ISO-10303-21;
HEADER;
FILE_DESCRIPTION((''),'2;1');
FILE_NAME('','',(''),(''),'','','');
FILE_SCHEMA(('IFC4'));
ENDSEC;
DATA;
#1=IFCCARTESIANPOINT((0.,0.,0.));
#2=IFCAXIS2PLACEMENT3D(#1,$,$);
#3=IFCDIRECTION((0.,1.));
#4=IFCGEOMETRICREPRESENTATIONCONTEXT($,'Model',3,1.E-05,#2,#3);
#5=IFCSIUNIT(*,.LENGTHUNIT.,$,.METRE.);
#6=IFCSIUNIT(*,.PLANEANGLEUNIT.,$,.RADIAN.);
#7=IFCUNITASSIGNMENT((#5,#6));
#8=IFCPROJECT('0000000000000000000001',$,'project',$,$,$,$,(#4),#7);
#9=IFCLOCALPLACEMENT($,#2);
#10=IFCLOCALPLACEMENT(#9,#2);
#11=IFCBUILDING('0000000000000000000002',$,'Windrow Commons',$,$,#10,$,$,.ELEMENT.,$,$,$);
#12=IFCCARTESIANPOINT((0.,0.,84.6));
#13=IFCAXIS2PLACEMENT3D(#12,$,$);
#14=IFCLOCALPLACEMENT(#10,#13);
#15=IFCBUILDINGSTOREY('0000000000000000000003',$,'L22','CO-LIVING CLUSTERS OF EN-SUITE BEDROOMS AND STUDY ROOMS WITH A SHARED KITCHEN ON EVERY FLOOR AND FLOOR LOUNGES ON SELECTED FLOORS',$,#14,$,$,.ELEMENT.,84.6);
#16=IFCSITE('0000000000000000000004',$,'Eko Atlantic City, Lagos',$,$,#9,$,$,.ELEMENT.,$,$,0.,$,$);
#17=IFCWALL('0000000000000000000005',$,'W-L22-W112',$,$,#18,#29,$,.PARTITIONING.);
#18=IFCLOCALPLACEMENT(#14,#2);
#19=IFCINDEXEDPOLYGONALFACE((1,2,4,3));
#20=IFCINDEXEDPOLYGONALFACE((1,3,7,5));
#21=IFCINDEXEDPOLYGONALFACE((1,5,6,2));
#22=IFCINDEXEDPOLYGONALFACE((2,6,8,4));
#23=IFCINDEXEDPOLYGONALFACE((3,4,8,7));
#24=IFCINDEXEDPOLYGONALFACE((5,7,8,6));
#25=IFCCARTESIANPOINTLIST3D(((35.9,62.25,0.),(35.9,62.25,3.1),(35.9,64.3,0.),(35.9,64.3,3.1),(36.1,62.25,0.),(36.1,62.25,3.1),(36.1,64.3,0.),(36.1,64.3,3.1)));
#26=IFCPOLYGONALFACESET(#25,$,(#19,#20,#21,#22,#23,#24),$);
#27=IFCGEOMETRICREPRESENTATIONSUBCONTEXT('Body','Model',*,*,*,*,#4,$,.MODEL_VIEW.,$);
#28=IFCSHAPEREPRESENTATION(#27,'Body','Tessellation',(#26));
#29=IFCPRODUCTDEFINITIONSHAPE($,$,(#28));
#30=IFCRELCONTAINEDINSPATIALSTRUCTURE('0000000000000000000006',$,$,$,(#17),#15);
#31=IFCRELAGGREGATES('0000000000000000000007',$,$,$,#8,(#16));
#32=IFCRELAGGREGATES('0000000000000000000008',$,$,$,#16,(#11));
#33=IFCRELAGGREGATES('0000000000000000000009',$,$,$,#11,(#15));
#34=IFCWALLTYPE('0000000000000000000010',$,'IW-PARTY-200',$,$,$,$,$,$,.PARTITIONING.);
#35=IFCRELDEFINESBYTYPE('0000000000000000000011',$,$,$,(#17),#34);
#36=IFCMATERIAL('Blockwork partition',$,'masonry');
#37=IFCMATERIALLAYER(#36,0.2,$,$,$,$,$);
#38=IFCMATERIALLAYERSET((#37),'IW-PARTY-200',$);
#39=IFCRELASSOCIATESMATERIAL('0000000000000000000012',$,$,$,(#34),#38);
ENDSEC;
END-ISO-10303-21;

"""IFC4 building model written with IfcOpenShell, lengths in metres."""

from ifc_helpers import new_model, si_unit, direction, frame, frame_2d, origin, place, context, subcontext, project, spatial, rectangle, extrude, material, layer, layer_set, type_object, element, save


model = new_model("IFC4")

# Units and contexts
model_context = context("Model", 3, precision=1e-05, world=origin(), true_north=direction((0.0, 1.0)))
body_context = subcontext(model_context, "Body", "Model", "MODEL_VIEW")
ifc_project = project(units=[si_unit("LENGTHUNIT", "METRE"), si_unit("PLANEANGLEUNIT", "RADIAN")], contexts=[model_context])

# Site, building, storey
site_placement = place(None, origin())
site = spatial("IfcSite", under=ifc_project, at=site_placement, Name="Eko Atlantic City, Lagos", CompositionType="ELEMENT", RefElevation=0.0)
building_placement = place(site_placement, origin())
building = spatial("IfcBuilding", under=site, at=building_placement, Name="Windrow Commons", CompositionType="ELEMENT")
storey_placement = place(building_placement, frame((0.0, 0.0, 84.6)))
storey = spatial("IfcBuildingStorey", under=building, at=storey_placement, Name="L22", Description="CO-LIVING CLUSTERS OF EN-SUITE BEDROOMS AND STUDY ROOMS WITH A SHARED KITCHEN ON EVERY FLOOR AND FLOOR LOUNGES ON SELECTED FLOORS", CompositionType="ELEMENT", Elevation=84.6)

# Wall
ifc_material_1 = material(Name="Blockwork partition", Category="masonry")
ifc_layer_1 = layer(ifc_material_1, 0.2)
ifc_layer_set_1 = layer_set([ifc_layer_1], Name="IW-PARTY-200")
wall_type_1 = type_object("IfcWallType", Name="IW-PARTY-200", PredefinedType="PARTITIONING", material=ifc_layer_set_1)
for number, where, z_axis, x_axis, name in (
    (1, (36.0, 62.25, 0.0), (0.0, 0.0, 1.0), (0.0, 1.0, 0.0), "W-L22-W112"),
):
    element("IfcWall", number, at=place(storey_placement, frame(where, z_axis=z_axis, x_axis=x_axis)), inside=storey, type_object=wall_type_1, Name=name, PredefinedType="PARTITIONING", context=body_context, shape_type="SweptSolid", body=[
        extrude(rectangle(XDim=2.05, YDim=0.2, at=frame_2d((1.025, 0.0))), origin(), (0.0, 0.0, 1.0), 3.1),
    ])

save(model, "model.ifc")
